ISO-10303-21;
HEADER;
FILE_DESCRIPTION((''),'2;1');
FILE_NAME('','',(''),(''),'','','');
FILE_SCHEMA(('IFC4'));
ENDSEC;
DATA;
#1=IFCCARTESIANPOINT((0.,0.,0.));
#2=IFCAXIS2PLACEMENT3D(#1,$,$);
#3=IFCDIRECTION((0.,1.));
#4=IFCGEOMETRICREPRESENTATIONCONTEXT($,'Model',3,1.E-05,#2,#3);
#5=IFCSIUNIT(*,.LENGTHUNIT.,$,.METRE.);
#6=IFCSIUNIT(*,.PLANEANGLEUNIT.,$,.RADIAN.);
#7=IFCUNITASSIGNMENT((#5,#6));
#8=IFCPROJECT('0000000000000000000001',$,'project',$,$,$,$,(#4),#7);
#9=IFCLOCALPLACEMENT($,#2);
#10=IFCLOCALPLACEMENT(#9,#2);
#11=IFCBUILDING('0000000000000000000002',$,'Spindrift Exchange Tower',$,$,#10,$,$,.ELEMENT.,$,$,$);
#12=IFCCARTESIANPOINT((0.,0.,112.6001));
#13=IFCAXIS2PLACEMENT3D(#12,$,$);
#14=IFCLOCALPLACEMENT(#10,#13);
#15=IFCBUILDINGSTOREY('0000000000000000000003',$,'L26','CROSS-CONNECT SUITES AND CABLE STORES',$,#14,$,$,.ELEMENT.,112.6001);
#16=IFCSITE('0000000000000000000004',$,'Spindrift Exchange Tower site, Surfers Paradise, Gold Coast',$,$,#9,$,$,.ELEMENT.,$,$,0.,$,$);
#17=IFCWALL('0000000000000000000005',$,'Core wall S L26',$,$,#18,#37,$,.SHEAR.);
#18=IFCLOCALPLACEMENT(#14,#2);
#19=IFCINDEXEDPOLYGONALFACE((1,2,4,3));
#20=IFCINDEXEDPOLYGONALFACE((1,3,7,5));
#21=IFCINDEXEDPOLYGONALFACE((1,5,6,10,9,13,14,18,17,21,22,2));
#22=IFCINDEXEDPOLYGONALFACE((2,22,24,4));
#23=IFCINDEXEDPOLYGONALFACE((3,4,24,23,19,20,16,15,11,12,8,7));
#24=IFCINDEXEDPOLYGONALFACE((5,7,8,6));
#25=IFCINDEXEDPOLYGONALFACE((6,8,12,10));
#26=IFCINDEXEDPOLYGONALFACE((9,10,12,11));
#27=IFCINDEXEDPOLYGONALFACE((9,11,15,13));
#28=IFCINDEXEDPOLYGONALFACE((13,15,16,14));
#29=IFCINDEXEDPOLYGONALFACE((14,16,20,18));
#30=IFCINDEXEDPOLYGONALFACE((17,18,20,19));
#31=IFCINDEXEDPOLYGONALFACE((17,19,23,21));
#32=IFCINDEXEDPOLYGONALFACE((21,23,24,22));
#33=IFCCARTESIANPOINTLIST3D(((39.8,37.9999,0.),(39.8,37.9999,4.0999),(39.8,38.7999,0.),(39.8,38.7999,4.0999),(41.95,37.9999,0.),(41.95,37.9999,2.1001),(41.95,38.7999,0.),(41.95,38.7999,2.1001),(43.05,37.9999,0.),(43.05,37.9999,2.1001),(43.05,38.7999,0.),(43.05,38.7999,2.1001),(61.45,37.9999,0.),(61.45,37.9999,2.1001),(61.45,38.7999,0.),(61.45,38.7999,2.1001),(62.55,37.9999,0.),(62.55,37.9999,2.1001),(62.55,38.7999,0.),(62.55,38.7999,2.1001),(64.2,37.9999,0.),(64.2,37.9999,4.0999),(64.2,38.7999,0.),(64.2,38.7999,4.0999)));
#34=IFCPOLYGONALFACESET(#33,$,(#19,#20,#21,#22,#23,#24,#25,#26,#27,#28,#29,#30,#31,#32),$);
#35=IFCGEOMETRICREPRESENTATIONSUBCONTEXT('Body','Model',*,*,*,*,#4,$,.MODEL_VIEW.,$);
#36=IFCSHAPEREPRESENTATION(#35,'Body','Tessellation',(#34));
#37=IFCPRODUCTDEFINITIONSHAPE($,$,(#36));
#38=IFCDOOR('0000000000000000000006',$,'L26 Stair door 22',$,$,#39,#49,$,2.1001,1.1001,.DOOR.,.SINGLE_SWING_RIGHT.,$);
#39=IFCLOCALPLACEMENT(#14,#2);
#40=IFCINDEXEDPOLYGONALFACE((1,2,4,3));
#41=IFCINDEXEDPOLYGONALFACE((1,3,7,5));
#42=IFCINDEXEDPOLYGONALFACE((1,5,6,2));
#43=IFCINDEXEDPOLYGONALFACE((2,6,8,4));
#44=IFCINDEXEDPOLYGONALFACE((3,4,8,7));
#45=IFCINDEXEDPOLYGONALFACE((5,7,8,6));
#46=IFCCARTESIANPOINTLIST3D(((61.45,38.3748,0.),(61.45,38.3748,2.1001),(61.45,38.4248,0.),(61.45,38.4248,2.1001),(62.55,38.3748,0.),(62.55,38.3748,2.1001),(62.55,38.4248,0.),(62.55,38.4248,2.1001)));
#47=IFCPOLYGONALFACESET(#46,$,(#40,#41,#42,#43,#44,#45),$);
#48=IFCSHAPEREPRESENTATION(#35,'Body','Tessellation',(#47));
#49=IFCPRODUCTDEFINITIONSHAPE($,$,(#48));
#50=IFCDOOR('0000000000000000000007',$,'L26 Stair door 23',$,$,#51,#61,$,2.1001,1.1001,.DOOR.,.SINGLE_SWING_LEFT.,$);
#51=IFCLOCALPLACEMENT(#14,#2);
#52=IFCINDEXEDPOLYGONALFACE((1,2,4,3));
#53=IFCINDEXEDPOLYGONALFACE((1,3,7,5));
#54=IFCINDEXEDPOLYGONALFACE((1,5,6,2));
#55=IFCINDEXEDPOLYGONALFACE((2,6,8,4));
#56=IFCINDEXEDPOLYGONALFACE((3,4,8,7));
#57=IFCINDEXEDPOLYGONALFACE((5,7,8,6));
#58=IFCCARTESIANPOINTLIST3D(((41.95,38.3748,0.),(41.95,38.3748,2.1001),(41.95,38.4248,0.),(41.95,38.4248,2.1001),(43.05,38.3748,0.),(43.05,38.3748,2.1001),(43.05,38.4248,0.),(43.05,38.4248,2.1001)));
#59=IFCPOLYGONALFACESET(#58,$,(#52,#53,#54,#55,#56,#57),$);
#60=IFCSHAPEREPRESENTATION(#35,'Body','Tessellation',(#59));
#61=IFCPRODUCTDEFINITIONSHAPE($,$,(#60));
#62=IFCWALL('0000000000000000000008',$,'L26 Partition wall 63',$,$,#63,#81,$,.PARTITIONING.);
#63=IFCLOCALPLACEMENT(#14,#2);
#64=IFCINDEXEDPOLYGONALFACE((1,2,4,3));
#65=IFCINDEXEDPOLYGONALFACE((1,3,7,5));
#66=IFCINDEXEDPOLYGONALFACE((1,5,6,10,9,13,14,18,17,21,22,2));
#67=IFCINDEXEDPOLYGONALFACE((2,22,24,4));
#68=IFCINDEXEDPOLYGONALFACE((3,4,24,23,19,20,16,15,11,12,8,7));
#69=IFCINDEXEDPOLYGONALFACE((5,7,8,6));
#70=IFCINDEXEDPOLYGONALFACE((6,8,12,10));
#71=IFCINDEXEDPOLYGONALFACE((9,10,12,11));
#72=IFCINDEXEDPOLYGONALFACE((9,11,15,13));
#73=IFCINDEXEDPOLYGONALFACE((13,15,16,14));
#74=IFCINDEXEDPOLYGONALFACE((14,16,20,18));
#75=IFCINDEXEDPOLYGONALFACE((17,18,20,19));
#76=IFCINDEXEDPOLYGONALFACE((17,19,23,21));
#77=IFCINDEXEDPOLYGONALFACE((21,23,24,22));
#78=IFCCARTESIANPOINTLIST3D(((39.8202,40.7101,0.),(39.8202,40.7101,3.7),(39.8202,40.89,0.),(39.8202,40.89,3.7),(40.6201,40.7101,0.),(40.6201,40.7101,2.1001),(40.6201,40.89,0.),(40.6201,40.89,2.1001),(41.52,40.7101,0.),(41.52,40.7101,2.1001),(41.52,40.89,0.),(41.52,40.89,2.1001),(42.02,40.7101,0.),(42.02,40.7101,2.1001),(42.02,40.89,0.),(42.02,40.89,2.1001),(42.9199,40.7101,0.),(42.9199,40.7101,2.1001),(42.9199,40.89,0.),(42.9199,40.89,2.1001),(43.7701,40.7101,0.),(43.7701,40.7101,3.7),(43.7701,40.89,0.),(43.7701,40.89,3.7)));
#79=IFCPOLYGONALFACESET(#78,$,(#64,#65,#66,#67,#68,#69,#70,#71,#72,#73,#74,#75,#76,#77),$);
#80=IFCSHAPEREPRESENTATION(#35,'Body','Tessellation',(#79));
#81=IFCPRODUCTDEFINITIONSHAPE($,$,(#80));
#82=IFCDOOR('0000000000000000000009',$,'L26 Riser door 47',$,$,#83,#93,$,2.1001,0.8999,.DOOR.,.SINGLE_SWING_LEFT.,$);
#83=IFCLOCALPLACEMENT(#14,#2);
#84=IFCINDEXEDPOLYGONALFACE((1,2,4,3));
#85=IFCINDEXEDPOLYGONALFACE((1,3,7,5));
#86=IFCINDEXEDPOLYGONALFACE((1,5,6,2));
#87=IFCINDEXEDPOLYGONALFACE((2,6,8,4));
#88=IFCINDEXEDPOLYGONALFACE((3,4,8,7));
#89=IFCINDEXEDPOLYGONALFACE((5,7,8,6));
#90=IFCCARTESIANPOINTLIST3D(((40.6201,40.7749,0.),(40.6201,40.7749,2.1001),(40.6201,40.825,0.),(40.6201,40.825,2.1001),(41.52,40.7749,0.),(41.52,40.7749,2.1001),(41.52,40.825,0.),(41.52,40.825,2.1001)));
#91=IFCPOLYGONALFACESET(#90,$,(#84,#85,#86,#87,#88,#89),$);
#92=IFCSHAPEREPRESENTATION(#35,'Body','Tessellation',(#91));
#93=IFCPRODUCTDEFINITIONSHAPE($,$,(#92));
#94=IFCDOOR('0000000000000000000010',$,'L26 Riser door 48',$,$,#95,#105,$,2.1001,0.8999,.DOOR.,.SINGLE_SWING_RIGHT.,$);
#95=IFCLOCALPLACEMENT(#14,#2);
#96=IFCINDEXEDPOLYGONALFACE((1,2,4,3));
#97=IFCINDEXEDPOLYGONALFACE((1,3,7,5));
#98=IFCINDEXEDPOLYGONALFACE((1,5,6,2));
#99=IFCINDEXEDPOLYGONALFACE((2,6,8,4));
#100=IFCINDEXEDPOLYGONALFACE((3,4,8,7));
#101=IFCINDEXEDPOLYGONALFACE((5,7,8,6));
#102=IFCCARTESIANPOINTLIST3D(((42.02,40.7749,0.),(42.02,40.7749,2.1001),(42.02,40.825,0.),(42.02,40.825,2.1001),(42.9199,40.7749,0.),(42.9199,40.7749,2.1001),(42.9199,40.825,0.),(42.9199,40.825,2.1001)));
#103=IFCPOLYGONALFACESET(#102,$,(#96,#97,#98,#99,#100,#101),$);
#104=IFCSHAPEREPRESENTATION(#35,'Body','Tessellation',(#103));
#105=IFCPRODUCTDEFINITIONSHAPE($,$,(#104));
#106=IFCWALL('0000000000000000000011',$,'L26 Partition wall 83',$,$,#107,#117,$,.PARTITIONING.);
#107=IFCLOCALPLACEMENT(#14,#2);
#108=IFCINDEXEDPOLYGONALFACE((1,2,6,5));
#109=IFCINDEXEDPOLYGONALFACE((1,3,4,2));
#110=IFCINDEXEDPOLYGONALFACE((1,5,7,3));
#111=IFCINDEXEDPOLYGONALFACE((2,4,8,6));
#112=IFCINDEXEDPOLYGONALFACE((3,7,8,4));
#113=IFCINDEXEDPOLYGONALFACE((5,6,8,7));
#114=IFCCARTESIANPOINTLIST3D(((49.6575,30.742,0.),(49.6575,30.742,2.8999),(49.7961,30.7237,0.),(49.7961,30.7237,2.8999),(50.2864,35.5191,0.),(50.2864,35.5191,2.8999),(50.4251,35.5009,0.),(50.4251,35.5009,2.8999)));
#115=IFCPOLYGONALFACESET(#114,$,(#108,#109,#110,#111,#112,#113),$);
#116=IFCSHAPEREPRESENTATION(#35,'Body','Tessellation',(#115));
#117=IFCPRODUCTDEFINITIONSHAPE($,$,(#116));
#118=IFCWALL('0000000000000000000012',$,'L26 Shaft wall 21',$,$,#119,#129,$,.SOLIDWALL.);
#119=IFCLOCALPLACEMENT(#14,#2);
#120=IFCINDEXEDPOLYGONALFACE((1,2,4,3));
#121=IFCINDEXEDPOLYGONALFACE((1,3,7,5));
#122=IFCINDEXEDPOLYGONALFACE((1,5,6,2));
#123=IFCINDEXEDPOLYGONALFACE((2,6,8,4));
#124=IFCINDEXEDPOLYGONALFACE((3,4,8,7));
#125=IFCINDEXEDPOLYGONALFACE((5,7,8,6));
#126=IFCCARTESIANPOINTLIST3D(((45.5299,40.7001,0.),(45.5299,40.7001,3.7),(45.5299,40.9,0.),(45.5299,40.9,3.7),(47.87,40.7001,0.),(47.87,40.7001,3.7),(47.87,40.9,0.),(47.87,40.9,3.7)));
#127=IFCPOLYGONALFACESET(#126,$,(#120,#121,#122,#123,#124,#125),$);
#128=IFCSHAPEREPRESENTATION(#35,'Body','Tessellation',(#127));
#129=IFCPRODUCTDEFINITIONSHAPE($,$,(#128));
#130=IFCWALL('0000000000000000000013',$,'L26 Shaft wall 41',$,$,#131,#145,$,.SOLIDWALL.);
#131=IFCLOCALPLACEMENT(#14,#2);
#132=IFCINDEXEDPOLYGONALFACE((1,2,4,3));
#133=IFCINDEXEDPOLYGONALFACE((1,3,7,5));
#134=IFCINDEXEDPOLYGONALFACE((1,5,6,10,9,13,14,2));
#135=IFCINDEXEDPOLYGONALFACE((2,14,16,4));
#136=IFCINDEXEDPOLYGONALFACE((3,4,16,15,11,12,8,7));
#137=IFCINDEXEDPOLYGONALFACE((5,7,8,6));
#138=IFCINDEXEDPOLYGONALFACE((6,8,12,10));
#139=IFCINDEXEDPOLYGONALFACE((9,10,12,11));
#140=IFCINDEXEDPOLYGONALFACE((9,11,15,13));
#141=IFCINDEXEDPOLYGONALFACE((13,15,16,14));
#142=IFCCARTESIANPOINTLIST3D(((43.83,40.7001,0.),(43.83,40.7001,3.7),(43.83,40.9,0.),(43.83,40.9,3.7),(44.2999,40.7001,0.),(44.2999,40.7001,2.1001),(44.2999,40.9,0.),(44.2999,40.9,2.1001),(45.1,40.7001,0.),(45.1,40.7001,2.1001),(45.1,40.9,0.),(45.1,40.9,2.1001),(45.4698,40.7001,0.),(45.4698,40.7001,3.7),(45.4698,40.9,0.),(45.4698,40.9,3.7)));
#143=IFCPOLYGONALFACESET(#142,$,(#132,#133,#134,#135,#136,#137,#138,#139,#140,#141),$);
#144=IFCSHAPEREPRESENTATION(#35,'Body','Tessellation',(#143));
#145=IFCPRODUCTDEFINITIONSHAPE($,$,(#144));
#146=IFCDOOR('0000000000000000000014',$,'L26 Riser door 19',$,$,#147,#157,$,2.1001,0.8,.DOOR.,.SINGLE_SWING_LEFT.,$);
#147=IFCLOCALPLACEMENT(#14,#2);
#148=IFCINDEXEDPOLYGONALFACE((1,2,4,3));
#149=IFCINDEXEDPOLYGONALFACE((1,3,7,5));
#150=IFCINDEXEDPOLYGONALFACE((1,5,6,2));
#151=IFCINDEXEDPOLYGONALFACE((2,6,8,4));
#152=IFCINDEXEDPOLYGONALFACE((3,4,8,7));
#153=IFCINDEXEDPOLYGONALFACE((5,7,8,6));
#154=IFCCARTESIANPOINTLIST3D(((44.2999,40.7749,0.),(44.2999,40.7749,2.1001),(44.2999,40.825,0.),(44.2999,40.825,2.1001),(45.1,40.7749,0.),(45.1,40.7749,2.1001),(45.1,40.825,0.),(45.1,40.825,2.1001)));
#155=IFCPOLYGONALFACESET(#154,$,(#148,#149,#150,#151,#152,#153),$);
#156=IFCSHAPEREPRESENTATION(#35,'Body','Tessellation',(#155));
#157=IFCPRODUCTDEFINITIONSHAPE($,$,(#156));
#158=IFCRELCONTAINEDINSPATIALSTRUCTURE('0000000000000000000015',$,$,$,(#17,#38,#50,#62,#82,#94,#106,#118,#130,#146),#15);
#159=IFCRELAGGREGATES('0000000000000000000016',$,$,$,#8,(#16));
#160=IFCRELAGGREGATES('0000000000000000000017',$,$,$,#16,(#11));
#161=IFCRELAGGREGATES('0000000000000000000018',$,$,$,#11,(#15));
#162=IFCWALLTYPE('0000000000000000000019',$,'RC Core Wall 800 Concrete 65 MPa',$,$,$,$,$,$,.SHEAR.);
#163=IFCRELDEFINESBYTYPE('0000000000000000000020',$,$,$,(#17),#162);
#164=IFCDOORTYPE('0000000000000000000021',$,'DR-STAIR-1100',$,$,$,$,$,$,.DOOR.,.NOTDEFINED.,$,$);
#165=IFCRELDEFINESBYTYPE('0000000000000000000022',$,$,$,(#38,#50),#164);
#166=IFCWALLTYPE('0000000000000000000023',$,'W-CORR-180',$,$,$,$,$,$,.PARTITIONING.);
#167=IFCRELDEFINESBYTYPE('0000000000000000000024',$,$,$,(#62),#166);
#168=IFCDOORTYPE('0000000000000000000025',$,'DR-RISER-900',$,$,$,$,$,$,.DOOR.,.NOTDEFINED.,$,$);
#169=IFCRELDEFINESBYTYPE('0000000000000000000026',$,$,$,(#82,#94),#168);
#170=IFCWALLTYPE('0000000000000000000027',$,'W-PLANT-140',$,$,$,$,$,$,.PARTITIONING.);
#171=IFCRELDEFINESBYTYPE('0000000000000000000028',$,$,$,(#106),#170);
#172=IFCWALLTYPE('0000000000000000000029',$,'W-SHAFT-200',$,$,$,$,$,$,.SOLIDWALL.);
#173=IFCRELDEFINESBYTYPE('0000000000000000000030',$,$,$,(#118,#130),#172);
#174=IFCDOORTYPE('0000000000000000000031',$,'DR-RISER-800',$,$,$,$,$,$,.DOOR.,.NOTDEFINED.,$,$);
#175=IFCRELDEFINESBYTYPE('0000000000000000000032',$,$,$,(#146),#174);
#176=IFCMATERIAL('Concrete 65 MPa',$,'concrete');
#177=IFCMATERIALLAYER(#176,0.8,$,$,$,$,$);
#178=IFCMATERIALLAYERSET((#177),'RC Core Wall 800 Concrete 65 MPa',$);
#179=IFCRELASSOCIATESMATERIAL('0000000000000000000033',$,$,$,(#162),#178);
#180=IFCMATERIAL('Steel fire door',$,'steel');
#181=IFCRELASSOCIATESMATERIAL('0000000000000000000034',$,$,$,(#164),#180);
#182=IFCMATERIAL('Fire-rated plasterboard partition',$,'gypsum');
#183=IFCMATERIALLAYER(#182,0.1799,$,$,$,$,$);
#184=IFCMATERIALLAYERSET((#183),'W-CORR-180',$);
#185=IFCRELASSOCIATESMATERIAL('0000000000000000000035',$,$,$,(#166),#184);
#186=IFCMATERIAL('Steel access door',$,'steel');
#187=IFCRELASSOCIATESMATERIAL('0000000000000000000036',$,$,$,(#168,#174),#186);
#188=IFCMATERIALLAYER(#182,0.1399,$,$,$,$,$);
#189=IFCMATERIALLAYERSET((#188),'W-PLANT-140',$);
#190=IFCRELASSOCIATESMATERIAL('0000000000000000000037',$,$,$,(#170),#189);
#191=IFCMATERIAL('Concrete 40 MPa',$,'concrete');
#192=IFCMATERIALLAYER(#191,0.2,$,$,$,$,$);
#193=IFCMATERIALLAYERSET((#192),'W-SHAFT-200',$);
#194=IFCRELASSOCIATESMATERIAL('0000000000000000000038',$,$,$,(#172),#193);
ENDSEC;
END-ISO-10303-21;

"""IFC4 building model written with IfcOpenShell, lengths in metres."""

from ifc_helpers import new_model, si_unit, direction, frame, frame_2d, origin, place, context, subcontext, project, spatial, rectangle, extrude, source, transform, mapped, material, layer, layer_set, type_object, element, fill, save


model = new_model("IFC4")

# Units and contexts
model_context = context("Model", 3, precision=1e-05, world=origin(), true_north=direction((0.0, 1.0)))
body_context = subcontext(model_context, "Body", "Model", "MODEL_VIEW")
ifc_project = project(units=[si_unit("LENGTHUNIT", "METRE"), si_unit("PLANEANGLEUNIT", "RADIAN")], contexts=[model_context])

# Site, building, storey
site_placement = place(None, origin())
site = spatial("IfcSite", under=ifc_project, at=site_placement, Name="Spindrift Exchange Tower site, Surfers Paradise, Gold Coast", CompositionType="ELEMENT", RefElevation=0.0)
building_placement = place(site_placement, origin())
building = spatial("IfcBuilding", under=site, at=building_placement, Name="Spindrift Exchange Tower", CompositionType="ELEMENT")
storey_placement = place(building_placement, frame((0.0, 0.0, 112.6001)))
storey = spatial("IfcBuildingStorey", under=building, at=storey_placement, Name="L26", Description="CROSS-CONNECT SUITES AND CABLE STORES", CompositionType="ELEMENT", Elevation=112.6001)

# Shared definitions
ifc_material_1 = material(Name="Concrete 65 MPa", Category="concrete")

# Walls, openings, doors
ifc_layer_1 = layer(ifc_material_1, 0.8)
ifc_layer_set_1 = layer_set([ifc_layer_1], Name="RC Core Wall 800 Concrete 65 MPa")
wall_type_1 = type_object("IfcWallType", Name="RC Core Wall 800 Concrete 65 MPa", PredefinedType="SHEAR", material=ifc_layer_set_1)
wall_1_placement = place(storey_placement, frame((39.8, 38.3999, 0.0), z_axis=(0.0, 0.0, 1.0), x_axis=(1.0, 0.0, 0.0)))
wall_1 = element("IfcWall", 1, at=wall_1_placement, inside=storey, type_object=wall_type_1, Name="Core wall S L26", PredefinedType="SHEAR", context=body_context, shape_type="SweptSolid", body=[
    extrude(rectangle(XDim=24.3999, YDim=0.8, at=frame_2d((12.2, 0.0))), origin(), (0.0, 0.0, 1.0), 4.0999),
])
opening_1_placement = place(wall_1_placement, frame((21.6499, 0.0, 0.0)))
opening_1 = element("IfcOpeningElement", 2, at=opening_1_placement, cuts=wall_1, PredefinedType="OPENING", context=body_context, shape_type="SweptSolid", body=[
    extrude(rectangle(XDim=1.1001, YDim=2.1001, at=frame_2d((0.55, 1.05))), frame((0.0, 0.4099, 0.0), z_axis=(0.0, -1.0, 0.0), x_axis=(1.0, 0.0, 0.0)), (0.0, 0.0, 1.0), 0.8201),
])
opening_2_placement = place(wall_1_placement, frame((2.1499, 0.0, 0.0)))
opening_2 = element("IfcOpeningElement", 3, at=opening_2_placement, cuts=wall_1, PredefinedType="OPENING", context=body_context, shape_type="SweptSolid", body=[
    extrude(rectangle(XDim=1.1001, YDim=2.1001, at=frame_2d((0.55, 1.05))), frame((0.0, 0.4099, 0.0), z_axis=(0.0, -1.0, 0.0), x_axis=(1.0, 0.0, 0.0)), (0.0, 0.0, 1.0), 0.8201),
])
ifc_material_2 = material(Name="Steel fire door", Category="steel")
door_type_1 = type_object("IfcDoorType", Name="DR-STAIR-1100", OperationType="NOTDEFINED", PredefinedType="DOOR", material=ifc_material_2)
shared_shape_1 = source(origin(), body_context, "Body", "SweptSolid", [
    extrude(rectangle(XDim=1.1001, YDim=2.1001, at=frame_2d((0.55, 1.05))), frame((0.0, 0.0249, 0.0), z_axis=(0.0, -1.0, 0.0), x_axis=(1.0, 0.0, 0.0)), (0.0, 0.0, 1.0), 0.05),
])
door_1_placement = place(opening_1_placement, origin())
door_1 = element("IfcDoor", 4, at=door_1_placement, inside=storey, type_object=door_type_1, Name="L26 Stair door 22", OperationType="SINGLE_SWING_RIGHT", OverallHeight=2.1001, OverallWidth=1.1001, PredefinedType="DOOR", context=body_context, shape_type="MappedRepresentation", body=[
    mapped(shared_shape_1, transform((0.0, 0.0, 0.0), scale=1.0)),
])
fill(opening_1, door_1)
door_2_placement = place(opening_2_placement, origin())
door_2 = element("IfcDoor", 5, at=door_2_placement, inside=storey, type_object=door_type_1, Name="L26 Stair door 23", OperationType="SINGLE_SWING_LEFT", OverallHeight=2.1001, OverallWidth=1.1001, PredefinedType="DOOR", context=body_context, shape_type="MappedRepresentation", body=[
    mapped(shared_shape_1, transform((0.0, 0.0, 0.0), scale=1.0)),
])
fill(opening_2, door_2)
ifc_material_3 = material(Name="Fire-rated plasterboard partition", Category="gypsum")
ifc_layer_2 = layer(ifc_material_3, 0.1799)
ifc_layer_set_2 = layer_set([ifc_layer_2], Name="W-CORR-180")
wall_type_2 = type_object("IfcWallType", Name="W-CORR-180", PredefinedType="PARTITIONING", material=ifc_layer_set_2)
wall_2_placement = place(storey_placement, frame((39.8201, 40.8, 0.0), z_axis=(0.0, 0.0, 1.0), x_axis=(1.0, 0.0, 0.0)))
wall_2 = element("IfcWall", 6, at=wall_2_placement, inside=storey, type_object=wall_type_2, Name="L26 Partition wall 63", PredefinedType="PARTITIONING", context=body_context, shape_type="SweptSolid", body=[
    extrude(rectangle(XDim=3.95, YDim=0.1799, at=frame_2d((1.9751, 0.0))), origin(), (0.0, 0.0, 1.0), 3.7),
])
opening_3_placement = place(wall_2_placement, frame((0.8, 0.0, 0.0)))
opening_3 = element("IfcOpeningElement", 7, at=opening_3_placement, cuts=wall_2, PredefinedType="OPENING", context=body_context, shape_type="SweptSolid", body=[
    extrude(rectangle(XDim=0.8999, YDim=2.1001, at=frame_2d((0.45, 1.05))), frame((0.0, 0.0999, 0.0), z_axis=(0.0, -1.0, 0.0), x_axis=(1.0, 0.0, 0.0)), (0.0, 0.0, 1.0), 0.2),
])
opening_4_placement = place(wall_2_placement, frame((2.2, 0.0, 0.0)))
opening_4 = element("IfcOpeningElement", 8, at=opening_4_placement, cuts=wall_2, PredefinedType="OPENING", context=body_context, shape_type="SweptSolid", body=[
    extrude(rectangle(XDim=0.8999, YDim=2.1001, at=frame_2d((0.45, 1.05))), frame((0.0, 0.0999, 0.0), z_axis=(0.0, -1.0, 0.0), x_axis=(1.0, 0.0, 0.0)), (0.0, 0.0, 1.0), 0.2),
])
ifc_material_4 = material(Name="Steel access door", Category="steel")
door_type_2 = type_object("IfcDoorType", Name="DR-RISER-900", OperationType="NOTDEFINED", PredefinedType="DOOR", material=ifc_material_4)
shared_shape_2 = source(origin(), body_context, "Body", "SweptSolid", [
    extrude(rectangle(XDim=0.8999, YDim=2.1001, at=frame_2d((0.45, 1.05))), frame((0.0, 0.0249, 0.0), z_axis=(0.0, -1.0, 0.0), x_axis=(1.0, 0.0, 0.0)), (0.0, 0.0, 1.0), 0.05),
])
door_3_placement = place(opening_3_placement, origin())
door_3 = element("IfcDoor", 9, at=door_3_placement, inside=storey, type_object=door_type_2, Name="L26 Riser door 47", OperationType="SINGLE_SWING_LEFT", OverallHeight=2.1001, OverallWidth=0.8999, PredefinedType="DOOR", context=body_context, shape_type="MappedRepresentation", body=[
    mapped(shared_shape_2, transform((0.0, 0.0, 0.0), scale=1.0)),
])
fill(opening_3, door_3)
door_4_placement = place(opening_4_placement, origin())
door_4 = element("IfcDoor", 10, at=door_4_placement, inside=storey, type_object=door_type_2, Name="L26 Riser door 48", OperationType="SINGLE_SWING_RIGHT", OverallHeight=2.1001, OverallWidth=0.8999, PredefinedType="DOOR", context=body_context, shape_type="MappedRepresentation", body=[
    mapped(shared_shape_2, transform((0.0, 0.0, 0.0), scale=1.0)),
])
fill(opening_4, door_4)

# Walls
ifc_layer_3 = layer(ifc_material_3, 0.1399)
ifc_layer_set_3 = layer_set([ifc_layer_3], Name="W-PLANT-140")
wall_type_3 = type_object("IfcWallType", Name="W-PLANT-140", PredefinedType="PARTITIONING", material=ifc_layer_set_3)
wall_3_placement = place(storey_placement, frame((50.3557, 35.51, 0.0), z_axis=(0.0, 0.0, 1.0), x_axis=(-0.130524, -0.991445, 0.0)))
element("IfcWall", 11, at=wall_3_placement, inside=storey, type_object=wall_type_3, Name="L26 Partition wall 83", PredefinedType="PARTITIONING", context=body_context, shape_type="SweptSolid", body=[
    extrude(rectangle(XDim=4.8184, YDim=0.1399, at=frame_2d((2.4092, 0.0))), origin(), (0.0, 0.0, 1.0), 2.8999),
])
ifc_material_5 = material(Name="Concrete 40 MPa", Category="concrete")
ifc_layer_4 = layer(ifc_material_5, 0.2)
ifc_layer_set_4 = layer_set([ifc_layer_4], Name="W-SHAFT-200")
wall_type_4 = type_object("IfcWallType", Name="W-SHAFT-200", PredefinedType="SOLIDWALL", material=ifc_layer_set_4)
wall_4_placement = place(storey_placement, frame((45.53, 40.8, 0.0), z_axis=(0.0, 0.0, 1.0), x_axis=(1.0, 0.0, 0.0)))
element("IfcWall", 12, at=wall_4_placement, inside=storey, type_object=wall_type_4, Name="L26 Shaft wall 21", PredefinedType="SOLIDWALL", context=body_context, shape_type="SweptSolid", body=[
    extrude(rectangle(XDim=2.3401, YDim=0.2, at=frame_2d((1.1699, 0.0))), origin(), (0.0, 0.0, 1.0), 3.7),
])

# Wall, opening, door
wall_5_placement = place(storey_placement, frame((43.8301, 40.8, 0.0), z_axis=(0.0, 0.0, 1.0), x_axis=(1.0, 0.0, 0.0)))
wall_5 = element("IfcWall", 13, at=wall_5_placement, inside=storey, type_object=wall_type_4, Name="L26 Shaft wall 41", PredefinedType="SOLIDWALL", context=body_context, shape_type="SweptSolid", body=[
    extrude(rectangle(XDim=1.6399, YDim=0.2, at=frame_2d((0.8198, 0.0))), origin(), (0.0, 0.0, 1.0), 3.7),
])
opening_5_placement = place(wall_5_placement, frame((0.47, 0.0, 0.0)))
opening_5 = element("IfcOpeningElement", 14, at=opening_5_placement, cuts=wall_5, PredefinedType="OPENING", context=body_context, shape_type="SweptSolid", body=[
    extrude(rectangle(XDim=0.8, YDim=2.1001, at=frame_2d((0.3999, 1.05))), frame((0.0, 0.1099, 0.0), z_axis=(0.0, -1.0, 0.0), x_axis=(1.0, 0.0, 0.0)), (0.0, 0.0, 1.0), 0.22),
])
door_type_3 = type_object("IfcDoorType", Name="DR-RISER-800", OperationType="NOTDEFINED", PredefinedType="DOOR", material=ifc_material_4)
shared_shape_3 = source(origin(), body_context, "Body", "SweptSolid", [
    extrude(rectangle(XDim=0.8, YDim=2.1001, at=frame_2d((0.3999, 1.05))), frame((0.0, 0.0249, 0.0), z_axis=(0.0, -1.0, 0.0), x_axis=(1.0, 0.0, 0.0)), (0.0, 0.0, 1.0), 0.05),
])
door_5_placement = place(opening_5_placement, origin())
door_5 = element("IfcDoor", 15, at=door_5_placement, inside=storey, type_object=door_type_3, Name="L26 Riser door 19", OperationType="SINGLE_SWING_LEFT", OverallHeight=2.1001, OverallWidth=0.8, PredefinedType="DOOR", context=body_context, shape_type="MappedRepresentation", body=[
    mapped(shared_shape_3, transform((0.0, 0.0, 0.0), scale=1.0)),
])
fill(opening_5, door_5)

save(model, "model.ifc")
